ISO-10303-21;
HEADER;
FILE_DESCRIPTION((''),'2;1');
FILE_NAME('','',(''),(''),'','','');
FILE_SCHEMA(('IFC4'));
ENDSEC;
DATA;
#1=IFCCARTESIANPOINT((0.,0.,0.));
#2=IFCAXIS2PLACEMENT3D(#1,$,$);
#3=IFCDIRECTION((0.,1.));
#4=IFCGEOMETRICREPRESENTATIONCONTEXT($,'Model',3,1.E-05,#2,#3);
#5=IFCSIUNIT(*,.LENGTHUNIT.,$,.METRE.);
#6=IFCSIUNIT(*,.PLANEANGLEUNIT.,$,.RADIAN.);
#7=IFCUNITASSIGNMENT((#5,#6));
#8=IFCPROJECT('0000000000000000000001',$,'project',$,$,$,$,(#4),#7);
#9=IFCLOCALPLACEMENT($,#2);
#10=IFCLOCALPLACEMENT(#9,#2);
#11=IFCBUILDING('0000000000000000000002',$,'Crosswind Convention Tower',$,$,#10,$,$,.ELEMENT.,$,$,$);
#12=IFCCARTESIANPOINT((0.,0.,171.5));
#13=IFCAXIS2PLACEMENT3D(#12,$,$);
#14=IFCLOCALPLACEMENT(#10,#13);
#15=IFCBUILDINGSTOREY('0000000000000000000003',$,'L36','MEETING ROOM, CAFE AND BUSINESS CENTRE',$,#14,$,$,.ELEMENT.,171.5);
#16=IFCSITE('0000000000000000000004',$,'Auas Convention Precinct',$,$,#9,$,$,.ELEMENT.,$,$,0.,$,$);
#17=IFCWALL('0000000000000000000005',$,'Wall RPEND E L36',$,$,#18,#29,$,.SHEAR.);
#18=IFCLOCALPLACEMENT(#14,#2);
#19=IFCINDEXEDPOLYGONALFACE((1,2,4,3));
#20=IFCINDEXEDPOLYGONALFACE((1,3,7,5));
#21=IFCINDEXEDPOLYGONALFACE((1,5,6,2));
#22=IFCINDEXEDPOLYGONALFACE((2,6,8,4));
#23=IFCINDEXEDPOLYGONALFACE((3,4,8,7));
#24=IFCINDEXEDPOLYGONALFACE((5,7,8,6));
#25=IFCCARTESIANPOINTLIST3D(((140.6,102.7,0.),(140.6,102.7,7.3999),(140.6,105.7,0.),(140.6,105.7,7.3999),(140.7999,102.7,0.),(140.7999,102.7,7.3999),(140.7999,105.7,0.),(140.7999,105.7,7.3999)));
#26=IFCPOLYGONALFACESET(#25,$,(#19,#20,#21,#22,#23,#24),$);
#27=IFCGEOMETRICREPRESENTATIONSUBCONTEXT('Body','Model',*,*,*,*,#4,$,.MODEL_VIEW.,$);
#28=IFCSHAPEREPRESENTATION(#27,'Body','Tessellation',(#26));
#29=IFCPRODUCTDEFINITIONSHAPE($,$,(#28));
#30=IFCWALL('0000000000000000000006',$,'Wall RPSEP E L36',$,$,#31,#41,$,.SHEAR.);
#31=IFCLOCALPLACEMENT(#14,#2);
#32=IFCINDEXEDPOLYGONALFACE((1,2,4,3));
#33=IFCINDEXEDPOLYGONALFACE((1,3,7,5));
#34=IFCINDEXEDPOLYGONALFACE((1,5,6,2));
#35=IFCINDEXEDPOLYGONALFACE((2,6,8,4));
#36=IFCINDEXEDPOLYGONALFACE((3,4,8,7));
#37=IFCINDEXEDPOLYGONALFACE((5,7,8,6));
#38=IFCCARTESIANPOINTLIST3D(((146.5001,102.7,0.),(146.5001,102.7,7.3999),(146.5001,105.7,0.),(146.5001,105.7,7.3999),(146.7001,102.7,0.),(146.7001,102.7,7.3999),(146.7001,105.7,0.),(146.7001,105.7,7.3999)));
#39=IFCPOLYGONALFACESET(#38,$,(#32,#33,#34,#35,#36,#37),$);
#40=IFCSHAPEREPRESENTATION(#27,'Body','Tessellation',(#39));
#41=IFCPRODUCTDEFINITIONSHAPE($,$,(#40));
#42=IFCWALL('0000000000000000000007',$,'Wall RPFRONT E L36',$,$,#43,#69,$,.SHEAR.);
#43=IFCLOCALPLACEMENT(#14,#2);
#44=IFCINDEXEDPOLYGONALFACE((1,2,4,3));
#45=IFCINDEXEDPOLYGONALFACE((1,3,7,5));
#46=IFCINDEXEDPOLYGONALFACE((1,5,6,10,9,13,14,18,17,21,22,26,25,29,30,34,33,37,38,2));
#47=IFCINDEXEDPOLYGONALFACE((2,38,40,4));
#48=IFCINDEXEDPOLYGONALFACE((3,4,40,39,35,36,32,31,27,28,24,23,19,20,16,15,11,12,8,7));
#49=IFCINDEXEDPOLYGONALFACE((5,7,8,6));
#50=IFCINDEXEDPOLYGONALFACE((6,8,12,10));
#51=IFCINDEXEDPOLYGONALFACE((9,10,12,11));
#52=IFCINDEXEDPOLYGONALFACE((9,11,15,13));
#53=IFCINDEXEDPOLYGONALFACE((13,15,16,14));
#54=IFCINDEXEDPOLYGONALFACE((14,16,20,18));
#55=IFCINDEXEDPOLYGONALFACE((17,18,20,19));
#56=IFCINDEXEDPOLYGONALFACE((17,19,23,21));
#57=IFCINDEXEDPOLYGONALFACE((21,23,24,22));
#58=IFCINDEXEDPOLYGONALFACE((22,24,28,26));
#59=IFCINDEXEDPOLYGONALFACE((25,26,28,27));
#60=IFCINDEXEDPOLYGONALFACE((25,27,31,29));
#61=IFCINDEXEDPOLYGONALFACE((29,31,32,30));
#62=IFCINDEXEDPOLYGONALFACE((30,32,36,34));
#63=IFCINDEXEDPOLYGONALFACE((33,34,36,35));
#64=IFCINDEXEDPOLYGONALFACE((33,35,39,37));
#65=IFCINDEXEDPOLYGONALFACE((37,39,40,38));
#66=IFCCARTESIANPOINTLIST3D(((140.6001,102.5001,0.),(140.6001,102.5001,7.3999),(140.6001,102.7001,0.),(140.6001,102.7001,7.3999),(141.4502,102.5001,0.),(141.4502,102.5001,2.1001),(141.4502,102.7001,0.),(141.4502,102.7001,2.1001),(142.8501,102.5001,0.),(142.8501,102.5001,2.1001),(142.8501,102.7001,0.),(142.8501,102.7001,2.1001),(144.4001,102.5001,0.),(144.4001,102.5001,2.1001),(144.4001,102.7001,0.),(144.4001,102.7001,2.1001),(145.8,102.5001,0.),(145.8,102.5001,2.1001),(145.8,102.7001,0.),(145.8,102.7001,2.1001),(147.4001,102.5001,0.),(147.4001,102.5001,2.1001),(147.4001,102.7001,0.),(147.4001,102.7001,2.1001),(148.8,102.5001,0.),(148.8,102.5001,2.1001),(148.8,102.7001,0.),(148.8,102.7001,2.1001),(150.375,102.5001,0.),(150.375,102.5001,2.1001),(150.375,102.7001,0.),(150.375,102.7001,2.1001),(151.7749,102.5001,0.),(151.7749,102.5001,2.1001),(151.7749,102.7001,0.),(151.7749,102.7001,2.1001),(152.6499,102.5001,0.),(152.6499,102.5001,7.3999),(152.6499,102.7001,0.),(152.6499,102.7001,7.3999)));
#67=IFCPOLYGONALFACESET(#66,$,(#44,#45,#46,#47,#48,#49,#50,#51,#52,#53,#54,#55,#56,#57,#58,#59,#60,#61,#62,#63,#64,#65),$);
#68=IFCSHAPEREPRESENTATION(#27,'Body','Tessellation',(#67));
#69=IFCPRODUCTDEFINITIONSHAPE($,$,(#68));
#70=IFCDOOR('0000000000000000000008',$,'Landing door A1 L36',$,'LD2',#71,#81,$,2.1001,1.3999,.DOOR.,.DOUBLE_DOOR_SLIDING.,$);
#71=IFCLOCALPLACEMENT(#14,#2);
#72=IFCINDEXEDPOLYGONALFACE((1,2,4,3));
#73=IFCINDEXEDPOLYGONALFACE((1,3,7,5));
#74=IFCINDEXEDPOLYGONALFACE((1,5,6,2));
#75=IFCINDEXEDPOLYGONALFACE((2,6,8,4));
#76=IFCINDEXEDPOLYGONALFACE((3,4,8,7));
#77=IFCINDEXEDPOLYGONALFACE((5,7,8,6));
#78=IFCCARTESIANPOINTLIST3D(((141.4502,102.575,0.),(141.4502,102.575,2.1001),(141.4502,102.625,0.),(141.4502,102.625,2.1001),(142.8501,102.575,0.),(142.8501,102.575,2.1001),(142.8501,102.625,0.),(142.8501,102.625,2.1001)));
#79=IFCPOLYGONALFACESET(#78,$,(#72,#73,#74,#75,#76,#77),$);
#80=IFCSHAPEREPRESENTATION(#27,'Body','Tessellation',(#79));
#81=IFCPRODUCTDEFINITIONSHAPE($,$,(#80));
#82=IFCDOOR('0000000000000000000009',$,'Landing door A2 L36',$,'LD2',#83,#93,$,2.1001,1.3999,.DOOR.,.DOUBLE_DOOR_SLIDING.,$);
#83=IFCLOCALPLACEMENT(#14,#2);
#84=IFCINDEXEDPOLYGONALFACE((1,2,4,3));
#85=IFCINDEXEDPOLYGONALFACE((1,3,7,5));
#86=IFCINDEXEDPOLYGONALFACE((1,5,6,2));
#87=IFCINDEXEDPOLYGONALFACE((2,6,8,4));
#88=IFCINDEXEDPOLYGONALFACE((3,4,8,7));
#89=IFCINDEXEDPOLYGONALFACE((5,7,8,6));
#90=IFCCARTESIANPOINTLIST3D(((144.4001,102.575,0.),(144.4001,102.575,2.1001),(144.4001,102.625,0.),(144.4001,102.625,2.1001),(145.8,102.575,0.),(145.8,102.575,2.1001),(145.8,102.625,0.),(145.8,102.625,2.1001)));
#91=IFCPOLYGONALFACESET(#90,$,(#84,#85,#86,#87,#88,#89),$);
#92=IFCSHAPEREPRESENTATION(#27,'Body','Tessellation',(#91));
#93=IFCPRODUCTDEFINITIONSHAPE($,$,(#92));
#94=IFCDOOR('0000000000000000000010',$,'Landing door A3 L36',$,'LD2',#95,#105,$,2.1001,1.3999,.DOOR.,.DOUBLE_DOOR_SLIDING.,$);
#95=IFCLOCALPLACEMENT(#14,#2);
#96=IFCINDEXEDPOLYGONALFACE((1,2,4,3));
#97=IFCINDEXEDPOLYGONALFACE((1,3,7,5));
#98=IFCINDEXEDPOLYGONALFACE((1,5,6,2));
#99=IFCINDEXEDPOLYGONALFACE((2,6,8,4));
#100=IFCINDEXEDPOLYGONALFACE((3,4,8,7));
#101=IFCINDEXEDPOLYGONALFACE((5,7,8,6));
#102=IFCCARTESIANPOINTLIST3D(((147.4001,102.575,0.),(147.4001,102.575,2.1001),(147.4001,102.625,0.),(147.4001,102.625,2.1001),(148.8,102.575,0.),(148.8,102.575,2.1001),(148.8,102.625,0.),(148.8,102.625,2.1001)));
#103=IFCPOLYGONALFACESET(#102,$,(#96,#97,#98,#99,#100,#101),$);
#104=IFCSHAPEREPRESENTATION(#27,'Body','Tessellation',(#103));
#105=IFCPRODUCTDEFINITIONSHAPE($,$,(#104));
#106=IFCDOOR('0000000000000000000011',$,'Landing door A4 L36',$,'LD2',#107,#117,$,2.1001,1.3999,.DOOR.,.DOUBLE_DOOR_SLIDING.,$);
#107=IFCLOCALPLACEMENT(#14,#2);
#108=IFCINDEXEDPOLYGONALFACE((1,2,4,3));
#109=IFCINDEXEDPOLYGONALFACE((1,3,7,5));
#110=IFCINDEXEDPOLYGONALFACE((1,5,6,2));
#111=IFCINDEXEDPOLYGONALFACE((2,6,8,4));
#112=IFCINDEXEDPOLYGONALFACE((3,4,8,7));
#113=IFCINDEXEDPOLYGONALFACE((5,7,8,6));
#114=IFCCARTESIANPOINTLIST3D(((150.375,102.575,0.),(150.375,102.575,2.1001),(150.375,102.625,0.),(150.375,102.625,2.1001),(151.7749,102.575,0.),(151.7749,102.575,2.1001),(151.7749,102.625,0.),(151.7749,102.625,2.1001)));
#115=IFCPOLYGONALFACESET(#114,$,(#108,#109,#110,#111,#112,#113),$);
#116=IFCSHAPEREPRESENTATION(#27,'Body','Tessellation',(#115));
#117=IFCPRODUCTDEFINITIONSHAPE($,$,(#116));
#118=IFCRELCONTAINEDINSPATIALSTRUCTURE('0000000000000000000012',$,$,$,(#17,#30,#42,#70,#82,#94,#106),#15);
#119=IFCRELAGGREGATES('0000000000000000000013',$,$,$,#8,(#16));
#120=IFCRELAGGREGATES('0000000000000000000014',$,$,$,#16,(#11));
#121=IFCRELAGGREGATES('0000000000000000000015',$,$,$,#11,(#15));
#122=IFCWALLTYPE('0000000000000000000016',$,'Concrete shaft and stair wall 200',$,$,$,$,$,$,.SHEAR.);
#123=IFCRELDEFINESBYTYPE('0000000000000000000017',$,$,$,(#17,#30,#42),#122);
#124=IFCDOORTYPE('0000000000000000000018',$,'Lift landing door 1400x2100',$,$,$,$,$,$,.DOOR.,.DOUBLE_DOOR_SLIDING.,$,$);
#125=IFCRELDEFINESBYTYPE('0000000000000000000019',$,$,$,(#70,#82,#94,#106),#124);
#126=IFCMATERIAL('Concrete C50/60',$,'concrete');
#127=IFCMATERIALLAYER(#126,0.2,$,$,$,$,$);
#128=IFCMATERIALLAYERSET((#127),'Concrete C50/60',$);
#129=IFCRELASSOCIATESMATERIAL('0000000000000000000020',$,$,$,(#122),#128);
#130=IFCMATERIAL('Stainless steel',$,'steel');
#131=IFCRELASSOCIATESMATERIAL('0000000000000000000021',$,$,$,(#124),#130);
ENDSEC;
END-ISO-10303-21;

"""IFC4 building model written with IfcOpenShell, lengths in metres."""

from ifc_helpers import new_model, si_unit, direction, frame, frame_2d, origin, place, context, subcontext, project, spatial, rectangle, extrude, material, layer, layer_set, type_object, element, fill, save


model = new_model("IFC4")

# Units and contexts
model_context = context("Model", 3, precision=1e-05, world=origin(), true_north=direction((0.0, 1.0)))
body_context = subcontext(model_context, "Body", "Model", "MODEL_VIEW")
ifc_project = project(units=[si_unit("LENGTHUNIT", "METRE"), si_unit("PLANEANGLEUNIT", "RADIAN")], contexts=[model_context])

# Site, building, storey
site_placement = place(None, origin())
site = spatial("IfcSite", under=ifc_project, at=site_placement, Name="Auas Convention Precinct", CompositionType="ELEMENT", RefElevation=0.0)
building_placement = place(site_placement, origin())
building = spatial("IfcBuilding", under=site, at=building_placement, Name="Crosswind Convention Tower", CompositionType="ELEMENT")
storey_placement = place(building_placement, frame((0.0, 0.0, 171.5)))
storey = spatial("IfcBuildingStorey", under=building, at=storey_placement, Name="L36", Description="MEETING ROOM, CAFE AND BUSINESS CENTRE", CompositionType="ELEMENT", Elevation=171.5)

# Walls
ifc_material_1 = material(Name="Concrete C50/60", Category="concrete")
ifc_layer = layer(ifc_material_1, 0.2)
ifc_layer_set = layer_set([ifc_layer], Name="Concrete C50/60")
wall_type = type_object("IfcWallType", Name="Concrete shaft and stair wall 200", PredefinedType="SHEAR", material=ifc_layer_set)
for number, where, z_axis, x_axis, name in (
    (1, (140.7, 102.7, 0.0), (0.0, 0.0, 1.0), (0.0, 1.0, 0.0), "Wall RPEND E L36"),
    (2, (146.6001, 102.7, 0.0), (0.0, 0.0, 1.0), (0.0, 1.0, 0.0), "Wall RPSEP E L36"),
):
    element("IfcWall", number, at=place(storey_placement, frame(where, z_axis=z_axis, x_axis=x_axis)), inside=storey, type_object=wall_type, Name=name, PredefinedType="SHEAR", context=body_context, shape_type="SweptSolid", body=[
        extrude(rectangle(XDim=3.0, YDim=0.2, at=frame_2d((1.5, 0.0))), origin(), (0.0, 0.0, 1.0), 7.3999),
    ])

# Wall, openings, doors
wall_1_placement = place(storey_placement, frame((140.6001, 102.6001, 0.0), z_axis=(0.0, 0.0, 1.0), x_axis=(1.0, 0.0, 0.0)))
wall_1 = element("IfcWall", 3, at=wall_1_placement, inside=storey, type_object=wall_type, Name="Wall RPFRONT E L36", PredefinedType="SHEAR", context=body_context, shape_type="SweptSolid", body=[
    extrude(rectangle(XDim=12.0498, YDim=0.2, at=frame_2d((6.0249, 0.0))), origin(), (0.0, 0.0, 1.0), 7.3999),
])
opening_1_placement = place(wall_1_placement, frame((0.8501, 0.0, 0.0)))
opening_1 = element("IfcOpeningElement", 4, at=opening_1_placement, cuts=wall_1, PredefinedType="OPENING", context=body_context, shape_type="SweptSolid", body=[
    extrude(rectangle(XDim=1.3999, YDim=2.1001, at=frame_2d((0.7, 1.05))), frame((0.0, 0.1099, 0.0), z_axis=(0.0, -1.0, 0.0), x_axis=(1.0, 0.0, 0.0)), (0.0, 0.0, 1.0), 0.22),
])
opening_2_placement = place(wall_1_placement, frame((3.8, 0.0, 0.0)))
opening_2 = element("IfcOpeningElement", 5, at=opening_2_placement, cuts=wall_1, PredefinedType="OPENING", context=body_context, shape_type="SweptSolid", body=[
    extrude(rectangle(XDim=1.3999, YDim=2.1001, at=frame_2d((0.7, 1.05))), frame((0.0, 0.1099, 0.0), z_axis=(0.0, -1.0, 0.0), x_axis=(1.0, 0.0, 0.0)), (0.0, 0.0, 1.0), 0.22),
])
opening_3_placement = place(wall_1_placement, frame((6.8, 0.0, 0.0)))
opening_3 = element("IfcOpeningElement", 6, at=opening_3_placement, cuts=wall_1, PredefinedType="OPENING", context=body_context, shape_type="SweptSolid", body=[
    extrude(rectangle(XDim=1.3999, YDim=2.1001, at=frame_2d((0.7, 1.05))), frame((0.0, 0.1099, 0.0), z_axis=(0.0, -1.0, 0.0), x_axis=(1.0, 0.0, 0.0)), (0.0, 0.0, 1.0), 0.22),
])
opening_4_placement = place(wall_1_placement, frame((9.7749, 0.0, 0.0)))
opening_4 = element("IfcOpeningElement", 7, at=opening_4_placement, cuts=wall_1, PredefinedType="OPENING", context=body_context, shape_type="SweptSolid", body=[
    extrude(rectangle(XDim=1.3999, YDim=2.1001, at=frame_2d((0.7, 1.05))), frame((0.0, 0.1099, 0.0), z_axis=(0.0, -1.0, 0.0), x_axis=(1.0, 0.0, 0.0)), (0.0, 0.0, 1.0), 0.22),
])
ifc_material_2 = material(Name="Stainless steel", Category="steel")
door_type_1 = type_object("IfcDoorType", Name="Lift landing door 1400x2100", OperationType="DOUBLE_DOOR_SLIDING", PredefinedType="DOOR", material=ifc_material_2)
door_1_placement = place(opening_1_placement, origin())
door_1 = element("IfcDoor", 8, at=door_1_placement, inside=storey, type_object=door_type_1, Name="Landing door A1 L36", ObjectType="LD2", OperationType="DOUBLE_DOOR_SLIDING", OverallHeight=2.1001, OverallWidth=1.3999, PredefinedType="DOOR", context=body_context, shape_type="SweptSolid", body=[
    extrude(rectangle(XDim=1.3999, YDim=2.1001, at=frame_2d((0.7, 1.05))), frame((0.0, 0.0249, 0.0), z_axis=(0.0, -1.0, 0.0), x_axis=(1.0, 0.0, 0.0)), (0.0, 0.0, 1.0), 0.05),
])
fill(opening_1, door_1)
door_2_placement = place(opening_2_placement, origin())
door_2 = element("IfcDoor", 9, at=door_2_placement, inside=storey, type_object=door_type_1, Name="Landing door A2 L36", ObjectType="LD2", OperationType="DOUBLE_DOOR_SLIDING", OverallHeight=2.1001, OverallWidth=1.3999, PredefinedType="DOOR", context=body_context, shape_type="SweptSolid", body=[
    extrude(rectangle(XDim=1.3999, YDim=2.1001, at=frame_2d((0.7, 1.05))), frame((0.0, 0.0249, 0.0), z_axis=(0.0, -1.0, 0.0), x_axis=(1.0, 0.0, 0.0)), (0.0, 0.0, 1.0), 0.05),
])
fill(opening_2, door_2)
door_3_placement = place(opening_3_placement, origin())
door_3 = element("IfcDoor", 10, at=door_3_placement, inside=storey, type_object=door_type_1, Name="Landing door A3 L36", ObjectType="LD2", OperationType="DOUBLE_DOOR_SLIDING", OverallHeight=2.1001, OverallWidth=1.3999, PredefinedType="DOOR", context=body_context, shape_type="SweptSolid", body=[
    extrude(rectangle(XDim=1.3999, YDim=2.1001, at=frame_2d((0.7, 1.05))), frame((0.0, 0.0249, 0.0), z_axis=(0.0, -1.0, 0.0), x_axis=(1.0, 0.0, 0.0)), (0.0, 0.0, 1.0), 0.05),
])
fill(opening_3, door_3)
door_4_placement = place(opening_4_placement, origin())
door_4 = element("IfcDoor", 11, at=door_4_placement, inside=storey, type_object=door_type_1, Name="Landing door A4 L36", ObjectType="LD2", OperationType="DOUBLE_DOOR_SLIDING", OverallHeight=2.1001, OverallWidth=1.3999, PredefinedType="DOOR", context=body_context, shape_type="SweptSolid", body=[
    extrude(rectangle(XDim=1.3999, YDim=2.1001, at=frame_2d((0.7, 1.05))), frame((0.0, 0.0249, 0.0), z_axis=(0.0, -1.0, 0.0), x_axis=(1.0, 0.0, 0.0)), (0.0, 0.0, 1.0), 0.05),
])
fill(opening_4, door_4)

save(model, "model.ifc")
